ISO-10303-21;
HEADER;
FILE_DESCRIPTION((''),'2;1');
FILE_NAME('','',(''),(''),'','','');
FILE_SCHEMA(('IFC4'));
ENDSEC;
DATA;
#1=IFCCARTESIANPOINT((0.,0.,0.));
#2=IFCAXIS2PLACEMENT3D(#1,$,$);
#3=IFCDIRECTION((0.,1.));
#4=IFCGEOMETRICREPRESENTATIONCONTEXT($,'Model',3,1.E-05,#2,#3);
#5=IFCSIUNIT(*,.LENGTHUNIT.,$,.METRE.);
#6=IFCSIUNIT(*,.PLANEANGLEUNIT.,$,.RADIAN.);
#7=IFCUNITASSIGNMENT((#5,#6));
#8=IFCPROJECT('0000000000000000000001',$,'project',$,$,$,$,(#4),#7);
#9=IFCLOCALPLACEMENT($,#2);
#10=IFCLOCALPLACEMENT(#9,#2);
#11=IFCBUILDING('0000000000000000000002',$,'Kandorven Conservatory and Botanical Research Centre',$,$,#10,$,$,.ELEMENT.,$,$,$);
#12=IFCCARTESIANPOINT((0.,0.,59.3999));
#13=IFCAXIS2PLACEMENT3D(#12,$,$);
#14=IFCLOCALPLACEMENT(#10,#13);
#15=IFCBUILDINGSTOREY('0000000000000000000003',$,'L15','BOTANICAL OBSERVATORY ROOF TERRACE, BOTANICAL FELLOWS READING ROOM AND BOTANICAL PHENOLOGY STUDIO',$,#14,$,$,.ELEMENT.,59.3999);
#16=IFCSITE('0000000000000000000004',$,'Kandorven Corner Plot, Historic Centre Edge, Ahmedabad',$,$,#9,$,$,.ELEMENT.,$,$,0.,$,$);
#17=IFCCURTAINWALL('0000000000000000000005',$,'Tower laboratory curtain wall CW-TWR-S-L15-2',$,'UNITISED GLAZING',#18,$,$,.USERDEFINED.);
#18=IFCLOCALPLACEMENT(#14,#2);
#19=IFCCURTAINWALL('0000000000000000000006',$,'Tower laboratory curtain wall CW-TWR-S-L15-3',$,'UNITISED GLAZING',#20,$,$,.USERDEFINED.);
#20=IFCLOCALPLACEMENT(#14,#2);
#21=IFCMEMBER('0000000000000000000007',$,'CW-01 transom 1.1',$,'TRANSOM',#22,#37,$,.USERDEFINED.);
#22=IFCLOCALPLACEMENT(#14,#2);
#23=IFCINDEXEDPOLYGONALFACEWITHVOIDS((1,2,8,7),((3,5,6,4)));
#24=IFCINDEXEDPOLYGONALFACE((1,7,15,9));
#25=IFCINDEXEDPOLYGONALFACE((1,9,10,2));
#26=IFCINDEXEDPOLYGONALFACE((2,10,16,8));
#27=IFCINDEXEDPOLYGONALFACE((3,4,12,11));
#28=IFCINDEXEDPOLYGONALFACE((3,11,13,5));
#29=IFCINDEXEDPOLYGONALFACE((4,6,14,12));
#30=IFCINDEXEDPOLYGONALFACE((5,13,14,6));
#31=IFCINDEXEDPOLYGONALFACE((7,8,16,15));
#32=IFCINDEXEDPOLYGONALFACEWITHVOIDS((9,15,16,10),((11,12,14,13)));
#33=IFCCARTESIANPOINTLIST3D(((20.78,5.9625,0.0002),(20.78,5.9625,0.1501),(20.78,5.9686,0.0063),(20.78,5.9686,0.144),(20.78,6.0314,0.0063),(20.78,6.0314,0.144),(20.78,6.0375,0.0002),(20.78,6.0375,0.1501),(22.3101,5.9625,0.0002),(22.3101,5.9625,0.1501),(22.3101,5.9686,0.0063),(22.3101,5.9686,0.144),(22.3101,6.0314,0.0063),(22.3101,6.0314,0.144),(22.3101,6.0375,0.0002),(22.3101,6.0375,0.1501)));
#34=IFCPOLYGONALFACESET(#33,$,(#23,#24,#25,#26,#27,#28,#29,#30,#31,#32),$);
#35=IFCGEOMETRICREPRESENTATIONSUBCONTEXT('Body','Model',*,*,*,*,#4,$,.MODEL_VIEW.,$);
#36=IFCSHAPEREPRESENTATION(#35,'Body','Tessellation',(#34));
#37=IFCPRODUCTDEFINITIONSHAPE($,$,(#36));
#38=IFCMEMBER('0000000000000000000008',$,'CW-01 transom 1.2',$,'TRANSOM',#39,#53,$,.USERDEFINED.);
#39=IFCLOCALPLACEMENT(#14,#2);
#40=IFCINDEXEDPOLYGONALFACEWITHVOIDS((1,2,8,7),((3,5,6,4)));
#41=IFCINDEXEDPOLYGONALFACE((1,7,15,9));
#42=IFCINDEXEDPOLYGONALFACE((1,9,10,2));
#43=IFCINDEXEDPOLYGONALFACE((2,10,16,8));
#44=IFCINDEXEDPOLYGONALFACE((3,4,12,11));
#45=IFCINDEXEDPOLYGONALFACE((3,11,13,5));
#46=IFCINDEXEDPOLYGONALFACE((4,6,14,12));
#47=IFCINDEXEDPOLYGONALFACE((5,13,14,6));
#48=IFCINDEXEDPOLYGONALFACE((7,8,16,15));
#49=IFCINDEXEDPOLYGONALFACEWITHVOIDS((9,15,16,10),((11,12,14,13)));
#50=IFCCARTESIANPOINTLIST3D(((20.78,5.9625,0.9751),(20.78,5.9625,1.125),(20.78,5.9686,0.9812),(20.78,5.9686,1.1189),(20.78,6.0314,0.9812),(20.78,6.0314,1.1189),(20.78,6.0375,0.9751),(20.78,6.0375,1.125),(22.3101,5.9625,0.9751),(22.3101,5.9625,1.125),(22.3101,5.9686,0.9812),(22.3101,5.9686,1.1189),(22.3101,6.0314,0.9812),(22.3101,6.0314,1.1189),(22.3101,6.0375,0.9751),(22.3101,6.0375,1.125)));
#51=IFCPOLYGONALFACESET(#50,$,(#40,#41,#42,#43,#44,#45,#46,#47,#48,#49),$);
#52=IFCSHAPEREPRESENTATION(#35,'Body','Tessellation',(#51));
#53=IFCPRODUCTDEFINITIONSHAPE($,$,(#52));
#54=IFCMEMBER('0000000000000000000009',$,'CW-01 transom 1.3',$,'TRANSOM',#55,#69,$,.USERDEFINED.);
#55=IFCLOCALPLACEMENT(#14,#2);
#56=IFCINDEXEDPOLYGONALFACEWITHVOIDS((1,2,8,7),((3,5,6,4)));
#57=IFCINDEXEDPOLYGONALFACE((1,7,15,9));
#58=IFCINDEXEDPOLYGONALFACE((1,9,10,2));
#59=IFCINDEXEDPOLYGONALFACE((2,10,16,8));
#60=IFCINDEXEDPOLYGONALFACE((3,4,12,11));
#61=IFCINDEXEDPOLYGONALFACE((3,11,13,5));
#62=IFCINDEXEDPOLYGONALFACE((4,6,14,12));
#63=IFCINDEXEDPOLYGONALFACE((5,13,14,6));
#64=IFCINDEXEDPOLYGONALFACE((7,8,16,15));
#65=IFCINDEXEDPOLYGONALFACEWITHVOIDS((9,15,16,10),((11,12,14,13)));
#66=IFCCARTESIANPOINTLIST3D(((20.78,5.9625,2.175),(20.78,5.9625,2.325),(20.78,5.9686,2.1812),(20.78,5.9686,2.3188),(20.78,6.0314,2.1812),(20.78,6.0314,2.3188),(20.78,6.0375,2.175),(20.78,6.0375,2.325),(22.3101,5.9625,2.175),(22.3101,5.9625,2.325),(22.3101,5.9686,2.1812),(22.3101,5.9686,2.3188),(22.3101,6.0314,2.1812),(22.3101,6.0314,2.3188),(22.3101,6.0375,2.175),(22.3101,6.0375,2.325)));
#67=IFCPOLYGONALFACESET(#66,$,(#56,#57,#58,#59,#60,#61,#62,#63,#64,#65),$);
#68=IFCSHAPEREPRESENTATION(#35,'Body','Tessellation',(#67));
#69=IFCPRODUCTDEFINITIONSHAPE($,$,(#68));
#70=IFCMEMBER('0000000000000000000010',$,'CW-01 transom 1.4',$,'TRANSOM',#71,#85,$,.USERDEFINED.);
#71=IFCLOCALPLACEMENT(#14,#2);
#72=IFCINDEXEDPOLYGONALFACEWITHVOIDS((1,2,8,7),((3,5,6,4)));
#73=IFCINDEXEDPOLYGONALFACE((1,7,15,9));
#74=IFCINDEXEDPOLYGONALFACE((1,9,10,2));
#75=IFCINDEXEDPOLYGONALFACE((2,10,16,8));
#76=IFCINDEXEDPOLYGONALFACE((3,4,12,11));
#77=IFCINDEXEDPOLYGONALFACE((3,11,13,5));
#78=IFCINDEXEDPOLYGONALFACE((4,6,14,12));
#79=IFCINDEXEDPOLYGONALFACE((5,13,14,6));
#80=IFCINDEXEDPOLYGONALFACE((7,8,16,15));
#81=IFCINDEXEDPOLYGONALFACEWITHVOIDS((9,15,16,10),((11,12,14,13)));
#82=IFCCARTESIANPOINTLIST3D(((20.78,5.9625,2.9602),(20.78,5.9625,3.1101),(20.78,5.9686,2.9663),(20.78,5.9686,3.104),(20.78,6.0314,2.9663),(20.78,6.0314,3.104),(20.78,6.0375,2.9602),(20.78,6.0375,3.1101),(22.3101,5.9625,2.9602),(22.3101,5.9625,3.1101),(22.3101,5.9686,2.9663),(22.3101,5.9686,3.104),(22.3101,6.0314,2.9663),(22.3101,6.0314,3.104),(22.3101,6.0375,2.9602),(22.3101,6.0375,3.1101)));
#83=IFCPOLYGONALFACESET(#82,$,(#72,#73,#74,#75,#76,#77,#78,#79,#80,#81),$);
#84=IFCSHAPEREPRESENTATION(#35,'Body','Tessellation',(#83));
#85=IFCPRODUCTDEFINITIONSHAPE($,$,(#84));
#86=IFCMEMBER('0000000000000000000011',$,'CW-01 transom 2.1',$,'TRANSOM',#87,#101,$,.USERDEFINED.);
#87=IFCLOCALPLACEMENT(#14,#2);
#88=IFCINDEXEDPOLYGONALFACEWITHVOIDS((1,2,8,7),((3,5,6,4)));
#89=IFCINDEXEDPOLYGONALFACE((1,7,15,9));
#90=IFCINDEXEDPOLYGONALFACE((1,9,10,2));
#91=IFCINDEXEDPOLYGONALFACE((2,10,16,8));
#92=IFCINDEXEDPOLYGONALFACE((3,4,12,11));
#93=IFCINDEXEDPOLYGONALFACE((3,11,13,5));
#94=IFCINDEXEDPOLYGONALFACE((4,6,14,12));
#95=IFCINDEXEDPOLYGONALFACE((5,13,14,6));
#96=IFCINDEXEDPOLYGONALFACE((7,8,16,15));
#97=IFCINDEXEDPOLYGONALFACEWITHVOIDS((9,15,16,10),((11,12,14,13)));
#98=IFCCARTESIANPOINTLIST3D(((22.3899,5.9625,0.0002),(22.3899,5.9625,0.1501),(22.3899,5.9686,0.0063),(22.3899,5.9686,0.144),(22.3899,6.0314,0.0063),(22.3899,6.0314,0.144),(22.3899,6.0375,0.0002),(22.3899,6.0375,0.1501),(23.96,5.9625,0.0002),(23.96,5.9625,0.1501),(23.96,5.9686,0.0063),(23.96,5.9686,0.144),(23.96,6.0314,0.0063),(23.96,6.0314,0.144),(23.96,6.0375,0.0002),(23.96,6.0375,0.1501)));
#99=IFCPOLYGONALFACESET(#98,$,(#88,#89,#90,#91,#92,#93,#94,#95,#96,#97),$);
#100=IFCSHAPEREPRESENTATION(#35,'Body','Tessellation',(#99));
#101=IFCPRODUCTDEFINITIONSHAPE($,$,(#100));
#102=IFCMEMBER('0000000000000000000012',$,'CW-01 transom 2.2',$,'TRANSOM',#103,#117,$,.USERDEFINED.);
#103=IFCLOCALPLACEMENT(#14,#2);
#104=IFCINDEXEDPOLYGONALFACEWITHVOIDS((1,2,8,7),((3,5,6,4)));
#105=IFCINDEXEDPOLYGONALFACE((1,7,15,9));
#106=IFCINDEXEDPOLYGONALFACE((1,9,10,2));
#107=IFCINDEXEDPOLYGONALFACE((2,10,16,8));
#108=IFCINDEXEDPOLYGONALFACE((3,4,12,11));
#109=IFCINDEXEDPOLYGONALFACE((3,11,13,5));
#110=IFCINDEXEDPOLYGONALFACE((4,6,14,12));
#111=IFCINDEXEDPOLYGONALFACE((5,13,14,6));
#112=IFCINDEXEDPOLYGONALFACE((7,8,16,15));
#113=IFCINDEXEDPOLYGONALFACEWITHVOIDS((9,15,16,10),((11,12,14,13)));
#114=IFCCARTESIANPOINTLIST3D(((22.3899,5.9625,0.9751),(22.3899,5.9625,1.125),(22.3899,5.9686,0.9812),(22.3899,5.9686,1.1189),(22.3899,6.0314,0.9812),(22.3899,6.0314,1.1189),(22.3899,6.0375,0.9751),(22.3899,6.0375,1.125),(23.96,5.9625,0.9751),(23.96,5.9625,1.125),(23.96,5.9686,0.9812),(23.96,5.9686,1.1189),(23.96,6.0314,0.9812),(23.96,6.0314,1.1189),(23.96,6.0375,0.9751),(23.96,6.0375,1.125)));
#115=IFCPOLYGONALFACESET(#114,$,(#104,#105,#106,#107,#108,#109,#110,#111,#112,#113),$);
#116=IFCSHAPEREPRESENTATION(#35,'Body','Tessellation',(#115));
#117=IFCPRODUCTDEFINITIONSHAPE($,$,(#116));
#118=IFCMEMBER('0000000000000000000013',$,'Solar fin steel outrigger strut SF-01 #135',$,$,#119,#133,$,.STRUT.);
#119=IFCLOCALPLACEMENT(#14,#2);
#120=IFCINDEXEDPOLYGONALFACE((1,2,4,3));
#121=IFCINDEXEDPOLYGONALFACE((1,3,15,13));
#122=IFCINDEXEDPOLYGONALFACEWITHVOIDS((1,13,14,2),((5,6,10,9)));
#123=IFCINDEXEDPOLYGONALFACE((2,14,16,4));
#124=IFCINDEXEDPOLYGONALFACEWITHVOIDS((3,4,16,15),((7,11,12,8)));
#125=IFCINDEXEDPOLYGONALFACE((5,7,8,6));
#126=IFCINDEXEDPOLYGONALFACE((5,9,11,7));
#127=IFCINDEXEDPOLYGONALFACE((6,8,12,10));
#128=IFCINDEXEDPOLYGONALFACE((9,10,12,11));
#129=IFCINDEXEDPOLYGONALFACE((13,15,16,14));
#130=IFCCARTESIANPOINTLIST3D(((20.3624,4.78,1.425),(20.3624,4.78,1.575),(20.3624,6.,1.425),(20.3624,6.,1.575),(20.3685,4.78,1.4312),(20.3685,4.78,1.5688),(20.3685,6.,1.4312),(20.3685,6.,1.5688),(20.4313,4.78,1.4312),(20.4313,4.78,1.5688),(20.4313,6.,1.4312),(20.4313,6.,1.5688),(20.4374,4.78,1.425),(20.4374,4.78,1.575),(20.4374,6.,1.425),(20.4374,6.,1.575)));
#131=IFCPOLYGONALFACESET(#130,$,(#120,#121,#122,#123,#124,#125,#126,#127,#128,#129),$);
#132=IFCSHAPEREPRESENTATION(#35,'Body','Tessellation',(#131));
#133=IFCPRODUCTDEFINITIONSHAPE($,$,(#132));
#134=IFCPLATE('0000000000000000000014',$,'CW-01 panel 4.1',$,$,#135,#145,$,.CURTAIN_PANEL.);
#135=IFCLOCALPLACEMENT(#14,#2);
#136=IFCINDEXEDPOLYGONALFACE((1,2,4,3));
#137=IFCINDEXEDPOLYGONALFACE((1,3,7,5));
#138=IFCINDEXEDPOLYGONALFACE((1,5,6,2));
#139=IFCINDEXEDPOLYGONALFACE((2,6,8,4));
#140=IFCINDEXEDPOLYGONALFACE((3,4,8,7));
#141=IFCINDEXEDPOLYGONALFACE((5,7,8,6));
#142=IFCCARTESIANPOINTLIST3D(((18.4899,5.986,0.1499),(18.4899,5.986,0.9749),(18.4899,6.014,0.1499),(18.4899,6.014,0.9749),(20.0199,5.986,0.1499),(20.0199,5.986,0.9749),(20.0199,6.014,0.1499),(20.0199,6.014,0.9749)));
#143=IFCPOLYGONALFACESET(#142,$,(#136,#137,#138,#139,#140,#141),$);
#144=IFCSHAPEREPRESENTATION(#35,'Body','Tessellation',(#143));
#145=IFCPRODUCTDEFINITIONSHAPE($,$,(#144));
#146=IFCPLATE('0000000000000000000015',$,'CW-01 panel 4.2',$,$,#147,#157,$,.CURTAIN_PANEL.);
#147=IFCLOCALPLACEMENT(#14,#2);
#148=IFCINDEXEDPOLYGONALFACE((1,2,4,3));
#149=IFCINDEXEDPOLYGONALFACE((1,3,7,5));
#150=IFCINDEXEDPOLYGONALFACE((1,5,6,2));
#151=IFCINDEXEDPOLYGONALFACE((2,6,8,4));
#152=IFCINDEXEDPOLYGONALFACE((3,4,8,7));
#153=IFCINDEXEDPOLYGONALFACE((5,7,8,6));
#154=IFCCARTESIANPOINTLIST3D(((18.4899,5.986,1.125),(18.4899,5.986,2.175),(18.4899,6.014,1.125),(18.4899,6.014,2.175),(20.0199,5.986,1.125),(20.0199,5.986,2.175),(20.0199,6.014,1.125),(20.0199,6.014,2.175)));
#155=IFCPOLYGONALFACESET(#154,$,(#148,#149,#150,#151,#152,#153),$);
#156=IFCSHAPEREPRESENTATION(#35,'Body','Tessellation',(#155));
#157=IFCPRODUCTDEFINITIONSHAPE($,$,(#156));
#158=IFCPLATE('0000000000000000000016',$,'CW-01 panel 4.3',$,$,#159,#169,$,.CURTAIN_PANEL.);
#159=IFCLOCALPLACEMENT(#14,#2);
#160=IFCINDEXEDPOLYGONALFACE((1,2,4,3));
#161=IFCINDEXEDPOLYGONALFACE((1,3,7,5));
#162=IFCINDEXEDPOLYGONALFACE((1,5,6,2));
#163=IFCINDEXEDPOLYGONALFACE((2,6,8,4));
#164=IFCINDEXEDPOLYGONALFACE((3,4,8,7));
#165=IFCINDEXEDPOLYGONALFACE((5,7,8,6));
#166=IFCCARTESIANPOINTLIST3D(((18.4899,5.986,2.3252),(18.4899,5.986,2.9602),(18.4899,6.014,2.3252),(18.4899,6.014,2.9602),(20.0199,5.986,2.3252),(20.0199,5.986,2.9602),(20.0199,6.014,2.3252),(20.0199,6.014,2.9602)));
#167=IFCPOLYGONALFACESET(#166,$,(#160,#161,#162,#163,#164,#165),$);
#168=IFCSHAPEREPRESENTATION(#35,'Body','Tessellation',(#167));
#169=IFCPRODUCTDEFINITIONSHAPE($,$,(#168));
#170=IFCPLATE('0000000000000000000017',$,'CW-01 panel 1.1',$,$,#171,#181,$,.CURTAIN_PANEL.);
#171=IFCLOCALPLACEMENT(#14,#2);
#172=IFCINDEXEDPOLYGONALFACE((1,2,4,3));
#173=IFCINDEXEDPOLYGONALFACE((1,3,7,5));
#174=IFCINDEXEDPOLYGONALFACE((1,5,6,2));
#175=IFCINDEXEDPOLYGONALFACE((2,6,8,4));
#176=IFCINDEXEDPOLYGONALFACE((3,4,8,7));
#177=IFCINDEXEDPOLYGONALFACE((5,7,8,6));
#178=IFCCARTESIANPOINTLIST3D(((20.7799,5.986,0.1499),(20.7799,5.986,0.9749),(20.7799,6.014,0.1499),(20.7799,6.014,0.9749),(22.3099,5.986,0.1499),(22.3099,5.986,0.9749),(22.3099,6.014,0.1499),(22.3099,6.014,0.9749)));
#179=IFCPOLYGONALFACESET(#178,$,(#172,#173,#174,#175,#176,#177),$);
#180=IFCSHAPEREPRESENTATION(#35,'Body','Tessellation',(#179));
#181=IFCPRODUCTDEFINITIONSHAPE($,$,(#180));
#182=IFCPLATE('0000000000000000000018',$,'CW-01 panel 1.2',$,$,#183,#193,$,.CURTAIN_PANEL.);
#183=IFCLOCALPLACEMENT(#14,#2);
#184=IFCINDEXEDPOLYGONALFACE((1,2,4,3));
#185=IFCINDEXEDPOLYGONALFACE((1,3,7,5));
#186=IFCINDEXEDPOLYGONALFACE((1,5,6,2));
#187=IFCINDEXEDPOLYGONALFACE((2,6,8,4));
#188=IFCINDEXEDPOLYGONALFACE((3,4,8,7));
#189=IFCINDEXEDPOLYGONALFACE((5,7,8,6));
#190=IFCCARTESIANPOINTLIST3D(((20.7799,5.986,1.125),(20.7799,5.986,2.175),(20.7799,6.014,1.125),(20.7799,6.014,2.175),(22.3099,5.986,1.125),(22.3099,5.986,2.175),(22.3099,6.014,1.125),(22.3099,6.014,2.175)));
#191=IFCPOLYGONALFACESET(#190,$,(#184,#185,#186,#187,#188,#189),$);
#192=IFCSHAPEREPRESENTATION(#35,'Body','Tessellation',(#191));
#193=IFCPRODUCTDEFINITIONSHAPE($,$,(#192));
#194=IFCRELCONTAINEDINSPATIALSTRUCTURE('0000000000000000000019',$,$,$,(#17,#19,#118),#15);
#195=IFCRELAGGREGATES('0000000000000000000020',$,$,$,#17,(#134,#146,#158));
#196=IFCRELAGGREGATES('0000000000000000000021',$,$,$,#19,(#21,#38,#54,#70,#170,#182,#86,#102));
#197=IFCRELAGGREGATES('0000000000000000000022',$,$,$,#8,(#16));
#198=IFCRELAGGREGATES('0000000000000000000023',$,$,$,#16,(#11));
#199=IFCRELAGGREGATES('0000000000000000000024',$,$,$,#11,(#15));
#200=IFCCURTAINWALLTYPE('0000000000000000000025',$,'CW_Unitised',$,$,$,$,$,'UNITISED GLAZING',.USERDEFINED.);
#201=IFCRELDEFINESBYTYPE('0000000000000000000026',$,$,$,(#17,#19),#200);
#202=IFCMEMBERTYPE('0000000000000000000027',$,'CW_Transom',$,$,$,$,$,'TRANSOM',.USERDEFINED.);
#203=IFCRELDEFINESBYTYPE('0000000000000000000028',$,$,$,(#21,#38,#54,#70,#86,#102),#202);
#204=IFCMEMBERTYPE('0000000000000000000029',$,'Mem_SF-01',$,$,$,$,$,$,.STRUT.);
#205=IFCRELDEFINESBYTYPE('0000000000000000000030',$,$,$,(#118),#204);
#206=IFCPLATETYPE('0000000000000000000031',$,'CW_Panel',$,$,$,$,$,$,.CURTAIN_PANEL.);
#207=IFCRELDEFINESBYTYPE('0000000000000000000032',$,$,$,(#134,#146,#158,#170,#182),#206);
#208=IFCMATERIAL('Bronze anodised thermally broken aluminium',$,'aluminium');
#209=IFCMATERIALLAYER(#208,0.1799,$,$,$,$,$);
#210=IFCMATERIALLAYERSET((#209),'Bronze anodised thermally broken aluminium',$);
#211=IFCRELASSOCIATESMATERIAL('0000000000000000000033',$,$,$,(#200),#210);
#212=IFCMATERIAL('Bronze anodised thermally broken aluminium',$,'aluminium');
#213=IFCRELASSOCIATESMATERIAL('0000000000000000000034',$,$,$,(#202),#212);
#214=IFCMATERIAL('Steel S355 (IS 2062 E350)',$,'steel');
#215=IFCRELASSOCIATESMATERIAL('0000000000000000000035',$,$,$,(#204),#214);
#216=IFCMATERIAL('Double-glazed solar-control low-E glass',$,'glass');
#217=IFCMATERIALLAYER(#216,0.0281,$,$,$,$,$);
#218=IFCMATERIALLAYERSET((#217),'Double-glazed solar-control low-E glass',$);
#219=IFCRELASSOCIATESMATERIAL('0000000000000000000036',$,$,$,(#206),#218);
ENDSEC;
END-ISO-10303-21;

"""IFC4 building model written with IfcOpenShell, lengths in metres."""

from ifc_helpers import new_model, si_unit, direction, frame, origin, origin_2d, place, context, subcontext, project, spatial, rectangle, hollow_rectangle, extrude, material, layer, layer_set, material_profile, profile_set, type_object, element, aggregate, save


model = new_model("IFC4")

# Units and contexts
model_context = context("Model", 3, precision=1e-05, world=origin(), true_north=direction((0.0, 1.0)))
body_context = subcontext(model_context, "Body", "Model", "MODEL_VIEW")
ifc_project = project(units=[si_unit("LENGTHUNIT", "METRE"), si_unit("PLANEANGLEUNIT", "RADIAN")], contexts=[model_context])

# Site, building, storey
site_placement = place(None, origin())
site = spatial("IfcSite", under=ifc_project, at=site_placement, Name="Kandorven Corner Plot, Historic Centre Edge, Ahmedabad", CompositionType="ELEMENT", RefElevation=0.0)
building_placement = place(site_placement, origin())
building = spatial("IfcBuilding", under=site, at=building_placement, Name="Kandorven Conservatory and Botanical Research Centre", CompositionType="ELEMENT")
storey_placement = place(building_placement, frame((0.0, 0.0, 59.3999)))
storey = spatial("IfcBuildingStorey", under=building, at=storey_placement, Name="L15", Description="BOTANICAL OBSERVATORY ROOF TERRACE, BOTANICAL FELLOWS READING ROOM AND BOTANICAL PHENOLOGY STUDIO", CompositionType="ELEMENT", Elevation=59.3999)

# Curtain walls
ifc_material_1 = material(Name="Bronze anodised thermally broken aluminium", Category="aluminium")
ifc_layer_1 = layer(ifc_material_1, 0.1799)
ifc_layer_set_1 = layer_set([ifc_layer_1], Name="Bronze anodised thermally broken aluminium")
curtain_wall_type = type_object("IfcCurtainWallType", Name="CW_Unitised", ElementType="UNITISED GLAZING", PredefinedType="USERDEFINED", material=ifc_layer_set_1)
curtain_wall_1_placement = place(storey_placement, origin())
curtain_wall_1 = element("IfcCurtainWall", 1, at=curtain_wall_1_placement, inside=storey, type_object=curtain_wall_type, Name="Tower laboratory curtain wall CW-TWR-S-L15-2", ObjectType="UNITISED GLAZING", PredefinedType="USERDEFINED")
curtain_wall_2_placement = place(storey_placement, origin())
curtain_wall_2 = element("IfcCurtainWall", 2, at=curtain_wall_2_placement, inside=storey, type_object=curtain_wall_type, Name="Tower laboratory curtain wall CW-TWR-S-L15-3", ObjectType="UNITISED GLAZING", PredefinedType="USERDEFINED")

# Members
ifc_material_2 = material(Name="Bronze anodised thermally broken aluminium", Category="aluminium")
ifc_material_profile_1 = material_profile(ifc_material_2, hollow_rectangle(XDim=0.075, YDim=0.1499, WallThickness=0.0061, at=origin_2d()))
ifc_profile_set_1 = profile_set([ifc_material_profile_1], Name="Bronze anodised thermally broken aluminium")
member_type_1 = type_object("IfcMemberType", Name="CW_Transom", ElementType="TRANSOM", PredefinedType="USERDEFINED", material=ifc_profile_set_1)
member_1_placement = place(storey_placement, frame((20.78, 6.0, 0.0752), z_axis=(1.0, 0.0, 0.0), x_axis=(0.0, 1.0, 0.0)))
member_1 = element("IfcMember", 3, at=member_1_placement, type_object=member_type_1, Name="CW-01 transom 1.1", ObjectType="TRANSOM", PredefinedType="USERDEFINED", context=body_context, shape_type="SweptSolid", body=[
    extrude(hollow_rectangle(XDim=0.075, YDim=0.1499, WallThickness=0.0061, at=origin_2d()), origin(), (0.0, 0.0, 1.0), 1.53),
])
member_2_placement = place(storey_placement, frame((20.78, 6.0, 1.05), z_axis=(1.0, 0.0, 0.0), x_axis=(0.0, 1.0, 0.0)))
member_2 = element("IfcMember", 4, at=member_2_placement, type_object=member_type_1, Name="CW-01 transom 1.2", ObjectType="TRANSOM", PredefinedType="USERDEFINED", context=body_context, shape_type="SweptSolid", body=[
    extrude(hollow_rectangle(XDim=0.075, YDim=0.1499, WallThickness=0.0061, at=origin_2d()), origin(), (0.0, 0.0, 1.0), 1.53),
])
member_3_placement = place(storey_placement, frame((20.78, 6.0, 2.25), z_axis=(1.0, 0.0, 0.0), x_axis=(0.0, 1.0, 0.0)))
member_3 = element("IfcMember", 5, at=member_3_placement, type_object=member_type_1, Name="CW-01 transom 1.3", ObjectType="TRANSOM", PredefinedType="USERDEFINED", context=body_context, shape_type="SweptSolid", body=[
    extrude(hollow_rectangle(XDim=0.075, YDim=0.1499, WallThickness=0.0061, at=origin_2d()), origin(), (0.0, 0.0, 1.0), 1.53),
])
member_4_placement = place(storey_placement, frame((20.78, 6.0, 3.0352), z_axis=(1.0, 0.0, 0.0), x_axis=(0.0, 1.0, 0.0)))
member_4 = element("IfcMember", 6, at=member_4_placement, type_object=member_type_1, Name="CW-01 transom 1.4", ObjectType="TRANSOM", PredefinedType="USERDEFINED", context=body_context, shape_type="SweptSolid", body=[
    extrude(hollow_rectangle(XDim=0.075, YDim=0.1499, WallThickness=0.0061, at=origin_2d()), origin(), (0.0, 0.0, 1.0), 1.53),
])
member_5_placement = place(storey_placement, frame((22.3899, 6.0, 0.0752), z_axis=(1.0, 0.0, 0.0), x_axis=(0.0, 1.0, 0.0)))
member_5 = element("IfcMember", 7, at=member_5_placement, type_object=member_type_1, Name="CW-01 transom 2.1", ObjectType="TRANSOM", PredefinedType="USERDEFINED", context=body_context, shape_type="SweptSolid", body=[
    extrude(hollow_rectangle(XDim=0.075, YDim=0.1499, WallThickness=0.0061, at=origin_2d()), origin(), (0.0, 0.0, 1.0), 1.5701),
])
member_6_placement = place(storey_placement, frame((22.3899, 6.0, 1.05), z_axis=(1.0, 0.0, 0.0), x_axis=(0.0, 1.0, 0.0)))
member_6 = element("IfcMember", 8, at=member_6_placement, type_object=member_type_1, Name="CW-01 transom 2.2", ObjectType="TRANSOM", PredefinedType="USERDEFINED", context=body_context, shape_type="SweptSolid", body=[
    extrude(hollow_rectangle(XDim=0.075, YDim=0.1499, WallThickness=0.0061, at=origin_2d()), origin(), (0.0, 0.0, 1.0), 1.5701),
])
ifc_material_3 = material(Name="Steel S355 (IS 2062 E350)", Category="steel")
ifc_material_profile_2 = material_profile(ifc_material_3, hollow_rectangle(XDim=0.075, YDim=0.1499, WallThickness=0.0061, at=origin_2d()))
ifc_profile_set_2 = profile_set([ifc_material_profile_2], Name="Steel S355 (IS 2062 E350)")
member_type_2 = type_object("IfcMemberType", Name="Mem_SF-01", PredefinedType="STRUT", material=ifc_profile_set_2)
member_7_placement = place(storey_placement, frame((20.3999, 6.0, 1.5), z_axis=(0.0, -1.0, 0.0), x_axis=(1.0, 0.0, 0.0)))
element("IfcMember", 9, at=member_7_placement, inside=storey, type_object=member_type_2, Name="Solar fin steel outrigger strut SF-01 #135", PredefinedType="STRUT", context=body_context, shape_type="SweptSolid", body=[
    extrude(hollow_rectangle(XDim=0.075, YDim=0.1499, WallThickness=0.0061, at=origin_2d()), origin(), (0.0, 0.0, 1.0), 1.22),
])

# Plates
ifc_material_4 = material(Name="Double-glazed solar-control low-E glass", Category="glass")
ifc_layer_2 = layer(ifc_material_4, 0.0281)
ifc_layer_set_2 = layer_set([ifc_layer_2], Name="Double-glazed solar-control low-E glass")
plate_type_1 = type_object("IfcPlateType", Name="CW_Panel", PredefinedType="CURTAIN_PANEL", material=ifc_layer_set_2)
plate_1_placement = place(storey_placement, frame((19.2549, 6.0, 0.1499), z_axis=(0.0, 0.0, 1.0), x_axis=(1.0, 0.0, 0.0)))
plate_1 = element("IfcPlate", 10, at=plate_1_placement, type_object=plate_type_1, Name="CW-01 panel 4.1", PredefinedType="CURTAIN_PANEL", context=body_context, shape_type="SweptSolid", body=[
    extrude(rectangle(XDim=1.53, YDim=0.0281, at=origin_2d()), origin(), (0.0, 0.0, 1.0), 0.825),
])
plate_2_placement = place(storey_placement, frame((19.2549, 6.0, 1.125), z_axis=(0.0, 0.0, 1.0), x_axis=(1.0, 0.0, 0.0)))
plate_2 = element("IfcPlate", 11, at=plate_2_placement, type_object=plate_type_1, Name="CW-01 panel 4.2", PredefinedType="CURTAIN_PANEL", context=body_context, shape_type="SweptSolid", body=[
    extrude(rectangle(XDim=1.53, YDim=0.0281, at=origin_2d()), origin(), (0.0, 0.0, 1.0), 1.05),
])
plate_3_placement = place(storey_placement, frame((19.2549, 6.0, 2.3252), z_axis=(0.0, 0.0, 1.0), x_axis=(1.0, 0.0, 0.0)))
plate_3 = element("IfcPlate", 12, at=plate_3_placement, type_object=plate_type_1, Name="CW-01 panel 4.3", PredefinedType="CURTAIN_PANEL", context=body_context, shape_type="SweptSolid", body=[
    extrude(rectangle(XDim=1.53, YDim=0.0281, at=origin_2d()), origin(), (0.0, 0.0, 1.0), 0.635),
])
aggregate(curtain_wall_1, [plate_1, plate_2, plate_3])
plate_4_placement = place(storey_placement, frame((21.5449, 6.0, 0.1499), z_axis=(0.0, 0.0, 1.0), x_axis=(1.0, 0.0, 0.0)))
plate_4 = element("IfcPlate", 13, at=plate_4_placement, type_object=plate_type_1, Name="CW-01 panel 1.1", PredefinedType="CURTAIN_PANEL", context=body_context, shape_type="SweptSolid", body=[
    extrude(rectangle(XDim=1.53, YDim=0.0281, at=origin_2d()), origin(), (0.0, 0.0, 1.0), 0.825),
])
plate_5_placement = place(storey_placement, frame((21.5449, 6.0, 1.125), z_axis=(0.0, 0.0, 1.0), x_axis=(1.0, 0.0, 0.0)))
plate_5 = element("IfcPlate", 14, at=plate_5_placement, type_object=plate_type_1, Name="CW-01 panel 1.2", PredefinedType="CURTAIN_PANEL", context=body_context, shape_type="SweptSolid", body=[
    extrude(rectangle(XDim=1.53, YDim=0.0281, at=origin_2d()), origin(), (0.0, 0.0, 1.0), 1.05),
])
aggregate(curtain_wall_2, [member_1, member_2, member_3, member_4, plate_4, plate_5, member_5, member_6])

save(model, "model.ifc")
